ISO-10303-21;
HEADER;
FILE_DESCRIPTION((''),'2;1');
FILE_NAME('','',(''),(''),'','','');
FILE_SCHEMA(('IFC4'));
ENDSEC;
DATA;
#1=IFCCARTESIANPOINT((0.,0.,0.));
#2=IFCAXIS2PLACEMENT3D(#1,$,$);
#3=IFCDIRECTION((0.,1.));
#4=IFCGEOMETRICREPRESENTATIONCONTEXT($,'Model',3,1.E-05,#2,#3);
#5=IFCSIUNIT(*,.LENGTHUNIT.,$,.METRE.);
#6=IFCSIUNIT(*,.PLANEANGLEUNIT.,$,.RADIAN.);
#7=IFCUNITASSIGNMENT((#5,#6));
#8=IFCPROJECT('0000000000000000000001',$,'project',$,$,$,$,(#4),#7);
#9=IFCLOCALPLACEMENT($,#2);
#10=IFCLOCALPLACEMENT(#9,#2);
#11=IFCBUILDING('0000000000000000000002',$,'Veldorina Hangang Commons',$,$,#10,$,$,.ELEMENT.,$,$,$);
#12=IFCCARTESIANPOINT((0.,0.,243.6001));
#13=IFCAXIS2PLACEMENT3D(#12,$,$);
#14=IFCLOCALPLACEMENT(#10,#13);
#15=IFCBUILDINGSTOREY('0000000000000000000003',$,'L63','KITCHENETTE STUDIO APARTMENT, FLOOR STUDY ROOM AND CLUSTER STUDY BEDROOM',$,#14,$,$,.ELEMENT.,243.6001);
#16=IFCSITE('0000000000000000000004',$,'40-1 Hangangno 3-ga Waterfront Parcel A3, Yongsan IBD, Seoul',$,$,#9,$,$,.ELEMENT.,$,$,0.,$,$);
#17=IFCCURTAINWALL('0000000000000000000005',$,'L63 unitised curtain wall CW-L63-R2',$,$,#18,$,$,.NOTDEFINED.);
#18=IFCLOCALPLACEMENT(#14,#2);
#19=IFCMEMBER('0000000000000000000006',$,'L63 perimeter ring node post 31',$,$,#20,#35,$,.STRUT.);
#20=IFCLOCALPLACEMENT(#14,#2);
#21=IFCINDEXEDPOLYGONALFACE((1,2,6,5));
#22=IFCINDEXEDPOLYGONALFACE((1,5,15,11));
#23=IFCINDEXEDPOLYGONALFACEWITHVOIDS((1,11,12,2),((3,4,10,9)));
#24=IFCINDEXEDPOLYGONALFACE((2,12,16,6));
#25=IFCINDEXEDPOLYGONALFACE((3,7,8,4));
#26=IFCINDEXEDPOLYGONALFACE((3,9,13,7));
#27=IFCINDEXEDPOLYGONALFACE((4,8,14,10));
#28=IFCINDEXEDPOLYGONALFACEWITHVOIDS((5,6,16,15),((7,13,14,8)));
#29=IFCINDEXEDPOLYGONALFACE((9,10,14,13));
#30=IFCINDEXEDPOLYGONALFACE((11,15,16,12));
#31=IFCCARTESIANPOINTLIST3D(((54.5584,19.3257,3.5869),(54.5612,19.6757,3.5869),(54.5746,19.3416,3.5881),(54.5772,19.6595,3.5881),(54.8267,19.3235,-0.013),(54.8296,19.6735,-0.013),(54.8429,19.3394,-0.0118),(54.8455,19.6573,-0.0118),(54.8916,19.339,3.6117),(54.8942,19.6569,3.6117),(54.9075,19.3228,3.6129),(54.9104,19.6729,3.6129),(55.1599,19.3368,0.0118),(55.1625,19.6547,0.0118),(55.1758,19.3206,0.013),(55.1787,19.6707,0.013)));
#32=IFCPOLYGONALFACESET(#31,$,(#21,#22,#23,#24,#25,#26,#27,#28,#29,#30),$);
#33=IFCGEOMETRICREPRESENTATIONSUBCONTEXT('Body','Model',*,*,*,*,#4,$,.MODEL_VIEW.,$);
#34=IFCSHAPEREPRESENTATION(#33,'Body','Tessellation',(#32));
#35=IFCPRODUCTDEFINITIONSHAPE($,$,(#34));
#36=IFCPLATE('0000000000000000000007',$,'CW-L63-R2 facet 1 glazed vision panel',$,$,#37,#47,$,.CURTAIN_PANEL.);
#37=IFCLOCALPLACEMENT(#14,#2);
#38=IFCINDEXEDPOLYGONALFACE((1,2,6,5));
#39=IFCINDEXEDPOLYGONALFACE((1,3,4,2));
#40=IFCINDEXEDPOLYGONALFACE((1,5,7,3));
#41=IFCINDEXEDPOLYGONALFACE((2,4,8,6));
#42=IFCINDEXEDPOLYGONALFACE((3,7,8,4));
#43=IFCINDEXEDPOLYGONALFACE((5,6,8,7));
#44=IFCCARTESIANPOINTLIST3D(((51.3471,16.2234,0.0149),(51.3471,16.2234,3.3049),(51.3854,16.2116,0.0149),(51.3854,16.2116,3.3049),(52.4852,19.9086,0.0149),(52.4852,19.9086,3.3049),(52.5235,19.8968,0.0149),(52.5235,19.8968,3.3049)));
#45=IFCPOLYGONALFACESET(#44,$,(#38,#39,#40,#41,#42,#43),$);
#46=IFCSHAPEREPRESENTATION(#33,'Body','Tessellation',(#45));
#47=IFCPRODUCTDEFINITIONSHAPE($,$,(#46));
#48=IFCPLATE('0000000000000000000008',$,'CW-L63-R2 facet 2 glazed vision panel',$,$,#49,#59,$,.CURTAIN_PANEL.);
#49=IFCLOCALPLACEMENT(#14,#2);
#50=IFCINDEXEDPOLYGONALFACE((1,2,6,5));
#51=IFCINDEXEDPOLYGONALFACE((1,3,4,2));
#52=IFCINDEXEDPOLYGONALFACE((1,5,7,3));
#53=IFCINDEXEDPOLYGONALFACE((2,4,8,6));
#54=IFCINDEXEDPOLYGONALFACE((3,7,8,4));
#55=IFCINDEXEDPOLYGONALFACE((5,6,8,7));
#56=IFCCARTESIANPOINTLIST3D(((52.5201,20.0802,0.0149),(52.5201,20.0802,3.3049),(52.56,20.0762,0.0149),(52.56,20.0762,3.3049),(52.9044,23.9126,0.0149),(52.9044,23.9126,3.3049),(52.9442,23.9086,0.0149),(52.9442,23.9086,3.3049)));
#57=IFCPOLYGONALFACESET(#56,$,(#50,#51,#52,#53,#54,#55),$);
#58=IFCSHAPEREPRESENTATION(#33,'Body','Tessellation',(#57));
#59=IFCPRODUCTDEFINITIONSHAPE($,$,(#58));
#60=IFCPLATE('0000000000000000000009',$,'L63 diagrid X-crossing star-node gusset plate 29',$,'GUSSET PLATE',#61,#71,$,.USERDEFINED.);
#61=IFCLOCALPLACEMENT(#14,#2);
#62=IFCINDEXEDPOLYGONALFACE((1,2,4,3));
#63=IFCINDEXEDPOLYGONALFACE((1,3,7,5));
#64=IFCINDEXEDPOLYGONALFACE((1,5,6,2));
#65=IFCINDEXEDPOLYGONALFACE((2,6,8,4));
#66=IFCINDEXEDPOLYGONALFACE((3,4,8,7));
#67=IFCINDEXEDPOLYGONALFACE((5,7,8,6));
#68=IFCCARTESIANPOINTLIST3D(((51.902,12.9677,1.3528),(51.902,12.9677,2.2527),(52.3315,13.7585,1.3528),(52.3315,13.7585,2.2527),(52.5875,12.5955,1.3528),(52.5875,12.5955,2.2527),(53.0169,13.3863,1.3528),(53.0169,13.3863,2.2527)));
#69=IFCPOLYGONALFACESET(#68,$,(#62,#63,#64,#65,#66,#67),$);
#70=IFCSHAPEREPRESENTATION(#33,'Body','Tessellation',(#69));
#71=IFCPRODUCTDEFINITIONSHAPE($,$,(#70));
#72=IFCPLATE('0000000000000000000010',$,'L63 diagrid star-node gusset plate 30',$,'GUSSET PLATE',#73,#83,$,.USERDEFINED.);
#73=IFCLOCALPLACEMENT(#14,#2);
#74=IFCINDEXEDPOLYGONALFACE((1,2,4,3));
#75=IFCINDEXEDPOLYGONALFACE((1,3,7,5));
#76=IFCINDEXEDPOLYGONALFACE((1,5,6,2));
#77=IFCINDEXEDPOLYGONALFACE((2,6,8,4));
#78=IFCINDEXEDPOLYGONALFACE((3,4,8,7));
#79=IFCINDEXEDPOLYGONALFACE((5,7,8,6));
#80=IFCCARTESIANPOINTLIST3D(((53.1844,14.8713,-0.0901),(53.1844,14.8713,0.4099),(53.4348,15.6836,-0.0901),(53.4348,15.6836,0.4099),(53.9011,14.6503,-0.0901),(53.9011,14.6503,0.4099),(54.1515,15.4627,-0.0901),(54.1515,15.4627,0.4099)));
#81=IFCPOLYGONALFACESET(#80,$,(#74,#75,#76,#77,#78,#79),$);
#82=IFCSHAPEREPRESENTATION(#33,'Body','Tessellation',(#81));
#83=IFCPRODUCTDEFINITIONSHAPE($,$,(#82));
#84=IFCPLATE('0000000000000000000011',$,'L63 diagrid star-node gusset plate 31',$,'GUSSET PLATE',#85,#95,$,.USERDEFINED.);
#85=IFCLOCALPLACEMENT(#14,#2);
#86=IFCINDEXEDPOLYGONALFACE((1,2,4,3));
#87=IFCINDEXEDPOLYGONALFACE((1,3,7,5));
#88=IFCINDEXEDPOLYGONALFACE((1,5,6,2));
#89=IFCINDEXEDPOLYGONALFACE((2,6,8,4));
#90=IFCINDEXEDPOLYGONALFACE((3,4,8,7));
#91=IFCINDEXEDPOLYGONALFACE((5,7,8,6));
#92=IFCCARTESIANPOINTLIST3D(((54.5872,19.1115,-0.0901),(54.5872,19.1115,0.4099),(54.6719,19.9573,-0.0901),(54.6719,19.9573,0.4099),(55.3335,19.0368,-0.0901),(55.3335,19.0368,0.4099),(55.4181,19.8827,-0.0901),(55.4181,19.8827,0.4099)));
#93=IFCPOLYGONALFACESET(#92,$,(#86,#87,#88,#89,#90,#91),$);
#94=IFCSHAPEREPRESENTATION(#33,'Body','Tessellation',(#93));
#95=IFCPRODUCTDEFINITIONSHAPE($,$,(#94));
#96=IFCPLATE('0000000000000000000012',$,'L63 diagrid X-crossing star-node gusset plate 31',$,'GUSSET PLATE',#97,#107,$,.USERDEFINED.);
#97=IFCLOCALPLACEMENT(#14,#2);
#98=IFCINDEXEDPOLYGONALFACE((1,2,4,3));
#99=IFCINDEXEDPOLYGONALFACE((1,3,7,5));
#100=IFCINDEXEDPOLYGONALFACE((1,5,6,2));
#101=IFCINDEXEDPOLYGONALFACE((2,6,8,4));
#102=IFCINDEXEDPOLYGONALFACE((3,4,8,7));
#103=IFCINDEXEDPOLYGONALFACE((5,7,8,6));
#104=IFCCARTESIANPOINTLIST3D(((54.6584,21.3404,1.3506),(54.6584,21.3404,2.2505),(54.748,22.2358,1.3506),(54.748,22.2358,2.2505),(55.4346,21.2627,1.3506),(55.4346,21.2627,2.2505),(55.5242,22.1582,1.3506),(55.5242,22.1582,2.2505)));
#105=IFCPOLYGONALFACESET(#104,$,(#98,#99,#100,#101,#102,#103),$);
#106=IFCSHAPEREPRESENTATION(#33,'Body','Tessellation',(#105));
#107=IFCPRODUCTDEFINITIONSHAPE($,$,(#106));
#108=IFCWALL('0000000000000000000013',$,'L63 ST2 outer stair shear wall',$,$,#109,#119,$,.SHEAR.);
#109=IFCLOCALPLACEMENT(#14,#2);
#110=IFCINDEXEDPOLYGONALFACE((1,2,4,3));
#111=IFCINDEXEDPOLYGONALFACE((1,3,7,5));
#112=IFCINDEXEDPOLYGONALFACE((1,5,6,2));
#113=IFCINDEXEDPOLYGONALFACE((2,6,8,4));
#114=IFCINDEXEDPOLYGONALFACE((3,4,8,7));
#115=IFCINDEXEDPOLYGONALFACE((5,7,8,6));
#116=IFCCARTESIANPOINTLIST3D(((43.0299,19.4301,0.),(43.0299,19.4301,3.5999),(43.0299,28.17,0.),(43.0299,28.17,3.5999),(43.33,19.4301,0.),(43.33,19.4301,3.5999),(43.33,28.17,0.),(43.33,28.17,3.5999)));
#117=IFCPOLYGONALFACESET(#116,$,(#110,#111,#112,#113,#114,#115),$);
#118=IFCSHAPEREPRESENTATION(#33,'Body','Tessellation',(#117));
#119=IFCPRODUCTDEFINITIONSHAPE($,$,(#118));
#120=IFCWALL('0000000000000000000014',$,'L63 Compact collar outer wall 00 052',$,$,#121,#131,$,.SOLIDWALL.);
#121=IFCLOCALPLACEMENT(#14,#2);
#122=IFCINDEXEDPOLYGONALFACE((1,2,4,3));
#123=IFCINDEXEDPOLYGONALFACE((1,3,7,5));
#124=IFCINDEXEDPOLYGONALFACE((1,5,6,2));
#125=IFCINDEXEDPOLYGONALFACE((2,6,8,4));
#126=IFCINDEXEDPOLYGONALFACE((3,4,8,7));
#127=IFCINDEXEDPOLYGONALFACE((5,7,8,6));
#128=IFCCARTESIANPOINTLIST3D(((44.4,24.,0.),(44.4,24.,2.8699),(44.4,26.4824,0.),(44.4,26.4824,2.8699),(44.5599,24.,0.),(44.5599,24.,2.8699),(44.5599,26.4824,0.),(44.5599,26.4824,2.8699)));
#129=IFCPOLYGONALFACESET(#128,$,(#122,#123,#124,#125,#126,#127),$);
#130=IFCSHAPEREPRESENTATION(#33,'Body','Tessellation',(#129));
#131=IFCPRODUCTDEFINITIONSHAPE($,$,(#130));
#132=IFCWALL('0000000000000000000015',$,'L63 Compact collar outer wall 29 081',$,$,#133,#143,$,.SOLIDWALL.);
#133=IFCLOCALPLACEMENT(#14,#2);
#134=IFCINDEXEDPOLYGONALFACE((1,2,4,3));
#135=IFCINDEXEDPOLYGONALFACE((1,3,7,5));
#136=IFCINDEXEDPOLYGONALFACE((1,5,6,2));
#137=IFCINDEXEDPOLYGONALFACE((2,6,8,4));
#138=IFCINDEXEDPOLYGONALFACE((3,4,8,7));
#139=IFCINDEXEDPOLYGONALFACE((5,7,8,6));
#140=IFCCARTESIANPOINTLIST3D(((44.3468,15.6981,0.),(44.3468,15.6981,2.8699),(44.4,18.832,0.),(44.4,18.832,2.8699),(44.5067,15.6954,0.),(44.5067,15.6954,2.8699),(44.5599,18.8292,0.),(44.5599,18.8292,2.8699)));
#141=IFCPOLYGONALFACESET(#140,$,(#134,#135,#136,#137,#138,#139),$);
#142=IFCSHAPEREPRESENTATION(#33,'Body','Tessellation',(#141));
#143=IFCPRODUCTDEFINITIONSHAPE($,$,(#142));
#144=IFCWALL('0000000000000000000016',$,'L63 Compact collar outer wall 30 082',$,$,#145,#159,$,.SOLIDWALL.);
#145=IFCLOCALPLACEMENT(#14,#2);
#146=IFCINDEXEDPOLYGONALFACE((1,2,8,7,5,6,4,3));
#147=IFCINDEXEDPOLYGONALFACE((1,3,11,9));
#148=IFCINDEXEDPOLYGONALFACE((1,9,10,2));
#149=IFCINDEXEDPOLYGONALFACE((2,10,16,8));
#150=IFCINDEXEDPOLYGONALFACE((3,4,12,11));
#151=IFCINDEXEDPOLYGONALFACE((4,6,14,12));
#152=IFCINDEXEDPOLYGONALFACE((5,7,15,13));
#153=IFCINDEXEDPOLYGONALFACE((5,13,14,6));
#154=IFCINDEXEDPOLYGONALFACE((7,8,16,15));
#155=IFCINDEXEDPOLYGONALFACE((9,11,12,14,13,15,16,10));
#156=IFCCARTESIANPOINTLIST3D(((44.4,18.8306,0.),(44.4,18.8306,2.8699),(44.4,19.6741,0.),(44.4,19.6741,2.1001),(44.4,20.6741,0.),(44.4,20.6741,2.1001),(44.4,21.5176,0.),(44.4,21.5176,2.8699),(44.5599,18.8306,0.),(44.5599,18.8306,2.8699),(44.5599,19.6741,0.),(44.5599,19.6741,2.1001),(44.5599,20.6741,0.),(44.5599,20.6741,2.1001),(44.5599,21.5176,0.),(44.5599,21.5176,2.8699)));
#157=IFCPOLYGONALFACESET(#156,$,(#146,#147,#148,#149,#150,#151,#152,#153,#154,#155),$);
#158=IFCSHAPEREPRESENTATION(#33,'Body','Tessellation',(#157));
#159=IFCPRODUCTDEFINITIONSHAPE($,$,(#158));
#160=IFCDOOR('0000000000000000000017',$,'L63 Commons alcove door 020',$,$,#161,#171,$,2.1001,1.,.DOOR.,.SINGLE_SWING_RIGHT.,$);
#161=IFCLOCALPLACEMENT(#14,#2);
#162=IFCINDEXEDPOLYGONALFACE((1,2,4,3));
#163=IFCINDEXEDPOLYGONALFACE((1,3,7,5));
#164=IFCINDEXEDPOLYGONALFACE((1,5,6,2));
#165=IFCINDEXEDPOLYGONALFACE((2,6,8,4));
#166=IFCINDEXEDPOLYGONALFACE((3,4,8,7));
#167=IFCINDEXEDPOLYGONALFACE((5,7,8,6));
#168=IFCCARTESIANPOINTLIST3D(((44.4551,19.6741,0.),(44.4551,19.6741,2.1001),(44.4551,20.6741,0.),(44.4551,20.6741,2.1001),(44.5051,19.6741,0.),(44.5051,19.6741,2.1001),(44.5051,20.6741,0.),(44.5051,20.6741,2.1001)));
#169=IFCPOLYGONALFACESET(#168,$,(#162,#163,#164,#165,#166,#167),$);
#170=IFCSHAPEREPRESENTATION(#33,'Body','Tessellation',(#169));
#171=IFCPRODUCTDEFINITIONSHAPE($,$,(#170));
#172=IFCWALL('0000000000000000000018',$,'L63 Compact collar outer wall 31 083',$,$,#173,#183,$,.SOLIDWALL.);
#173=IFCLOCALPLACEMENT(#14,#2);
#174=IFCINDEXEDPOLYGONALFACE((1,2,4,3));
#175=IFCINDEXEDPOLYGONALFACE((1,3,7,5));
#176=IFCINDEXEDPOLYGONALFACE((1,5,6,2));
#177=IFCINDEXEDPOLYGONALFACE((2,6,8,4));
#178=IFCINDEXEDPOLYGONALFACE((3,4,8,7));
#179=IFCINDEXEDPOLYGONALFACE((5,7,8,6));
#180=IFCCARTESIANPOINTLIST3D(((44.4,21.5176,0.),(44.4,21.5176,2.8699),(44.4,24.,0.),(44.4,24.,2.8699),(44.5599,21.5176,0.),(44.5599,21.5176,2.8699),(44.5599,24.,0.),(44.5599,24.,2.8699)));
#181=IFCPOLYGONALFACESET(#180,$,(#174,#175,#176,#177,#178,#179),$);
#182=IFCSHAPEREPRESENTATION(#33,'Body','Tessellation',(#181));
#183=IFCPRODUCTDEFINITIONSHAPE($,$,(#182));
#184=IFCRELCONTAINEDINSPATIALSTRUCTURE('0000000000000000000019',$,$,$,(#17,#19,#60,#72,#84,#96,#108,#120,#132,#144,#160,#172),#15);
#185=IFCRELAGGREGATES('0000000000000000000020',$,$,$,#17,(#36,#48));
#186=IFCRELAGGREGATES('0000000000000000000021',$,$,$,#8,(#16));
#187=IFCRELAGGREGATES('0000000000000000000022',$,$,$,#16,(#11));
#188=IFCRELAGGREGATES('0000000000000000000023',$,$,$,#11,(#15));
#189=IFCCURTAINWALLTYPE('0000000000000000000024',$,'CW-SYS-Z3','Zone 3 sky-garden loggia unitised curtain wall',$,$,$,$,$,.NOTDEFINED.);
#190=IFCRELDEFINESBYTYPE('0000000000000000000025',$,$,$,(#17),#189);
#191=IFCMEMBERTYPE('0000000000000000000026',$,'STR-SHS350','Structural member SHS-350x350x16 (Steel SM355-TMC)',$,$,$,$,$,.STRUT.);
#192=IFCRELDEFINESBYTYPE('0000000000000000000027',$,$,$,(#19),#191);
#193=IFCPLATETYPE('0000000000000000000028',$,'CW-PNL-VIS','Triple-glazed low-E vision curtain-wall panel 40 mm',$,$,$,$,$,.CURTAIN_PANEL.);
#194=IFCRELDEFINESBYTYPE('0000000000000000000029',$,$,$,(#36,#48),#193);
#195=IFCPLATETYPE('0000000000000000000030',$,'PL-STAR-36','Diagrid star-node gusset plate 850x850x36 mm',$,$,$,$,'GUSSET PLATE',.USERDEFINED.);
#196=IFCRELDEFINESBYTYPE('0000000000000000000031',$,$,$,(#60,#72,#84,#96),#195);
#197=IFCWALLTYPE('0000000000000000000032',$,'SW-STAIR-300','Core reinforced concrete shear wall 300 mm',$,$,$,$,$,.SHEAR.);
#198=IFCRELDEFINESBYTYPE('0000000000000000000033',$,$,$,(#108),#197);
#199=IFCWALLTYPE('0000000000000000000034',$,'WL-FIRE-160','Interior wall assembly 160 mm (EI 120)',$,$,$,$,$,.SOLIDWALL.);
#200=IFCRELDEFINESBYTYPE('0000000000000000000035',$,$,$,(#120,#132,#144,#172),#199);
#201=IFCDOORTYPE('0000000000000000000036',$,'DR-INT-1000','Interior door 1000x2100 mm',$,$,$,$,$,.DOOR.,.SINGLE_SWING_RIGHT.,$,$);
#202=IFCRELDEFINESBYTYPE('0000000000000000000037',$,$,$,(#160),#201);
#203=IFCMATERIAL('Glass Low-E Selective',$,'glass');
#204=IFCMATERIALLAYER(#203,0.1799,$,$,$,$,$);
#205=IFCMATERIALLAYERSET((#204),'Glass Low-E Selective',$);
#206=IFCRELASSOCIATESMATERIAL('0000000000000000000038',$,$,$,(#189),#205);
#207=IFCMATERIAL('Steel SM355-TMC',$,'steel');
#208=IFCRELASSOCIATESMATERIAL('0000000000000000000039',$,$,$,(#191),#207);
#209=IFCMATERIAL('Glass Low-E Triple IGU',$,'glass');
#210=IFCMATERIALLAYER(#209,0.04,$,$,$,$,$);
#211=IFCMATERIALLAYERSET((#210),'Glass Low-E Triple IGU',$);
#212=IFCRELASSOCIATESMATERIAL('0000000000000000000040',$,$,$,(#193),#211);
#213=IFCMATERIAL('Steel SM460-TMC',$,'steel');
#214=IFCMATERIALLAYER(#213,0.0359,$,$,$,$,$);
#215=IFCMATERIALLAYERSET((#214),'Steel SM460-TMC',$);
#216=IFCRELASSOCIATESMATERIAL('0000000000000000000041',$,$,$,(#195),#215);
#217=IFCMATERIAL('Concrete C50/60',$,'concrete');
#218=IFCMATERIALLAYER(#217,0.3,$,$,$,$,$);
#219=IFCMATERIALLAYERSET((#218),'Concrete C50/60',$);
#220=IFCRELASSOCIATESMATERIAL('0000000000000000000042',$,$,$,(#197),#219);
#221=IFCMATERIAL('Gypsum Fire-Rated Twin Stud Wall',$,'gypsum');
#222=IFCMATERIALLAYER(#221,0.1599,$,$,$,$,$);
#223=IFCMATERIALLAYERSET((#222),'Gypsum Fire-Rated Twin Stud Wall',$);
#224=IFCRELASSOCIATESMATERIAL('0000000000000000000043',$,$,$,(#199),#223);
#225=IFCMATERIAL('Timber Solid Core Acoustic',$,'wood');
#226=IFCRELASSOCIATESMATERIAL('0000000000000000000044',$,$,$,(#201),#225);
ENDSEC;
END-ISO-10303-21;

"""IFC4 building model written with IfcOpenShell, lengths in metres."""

from ifc_helpers import new_model, si_unit, direction, frame, frame_2d, origin, origin_2d, place, context, subcontext, project, spatial, rectangle, hollow_rectangle, extrude, material, layer, layer_set, material_profile, profile_set, type_object, element, fill, aggregate, save


model = new_model("IFC4")

# Units and contexts
model_context = context("Model", 3, precision=1e-05, world=origin(), true_north=direction((0.0, 1.0)))
body_context = subcontext(model_context, "Body", "Model", "MODEL_VIEW")
ifc_project = project(units=[si_unit("LENGTHUNIT", "METRE"), si_unit("PLANEANGLEUNIT", "RADIAN")], contexts=[model_context])

# Site, building, storey
site_placement = place(None, origin())
site = spatial("IfcSite", under=ifc_project, at=site_placement, Name="40-1 Hangangno 3-ga Waterfront Parcel A3, Yongsan IBD, Seoul", CompositionType="ELEMENT", RefElevation=0.0)
building_placement = place(site_placement, origin())
building = spatial("IfcBuilding", under=site, at=building_placement, Name="Veldorina Hangang Commons", CompositionType="ELEMENT")
storey_placement = place(building_placement, frame((0.0, 0.0, 243.6001)))
storey = spatial("IfcBuildingStorey", under=building, at=storey_placement, Name="L63", Description="KITCHENETTE STUDIO APARTMENT, FLOOR STUDY ROOM AND CLUSTER STUDY BEDROOM", CompositionType="ELEMENT", Elevation=243.6001)

# Shared definitions
ifc_material_1 = material(Name="Steel SM355-TMC", Category="steel")

# Curtain wall
ifc_material_2 = material(Name="Glass Low-E Selective", Category="glass")
ifc_layer_1 = layer(ifc_material_2, 0.1799)
ifc_layer_set_1 = layer_set([ifc_layer_1], Name="Glass Low-E Selective")
curtain_wall_type = type_object("IfcCurtainWallType", Name="CW-SYS-Z3", Description="Zone 3 sky-garden loggia unitised curtain wall", PredefinedType="NOTDEFINED", material=ifc_layer_set_1)
curtain_wall_placement = place(storey_placement, origin())
curtain_wall = element("IfcCurtainWall", 1, at=curtain_wall_placement, inside=storey, type_object=curtain_wall_type, Name="L63 unitised curtain wall CW-L63-R2", PredefinedType="NOTDEFINED")

# Member
ifc_material_profile_1 = material_profile(ifc_material_1, hollow_rectangle(XDim=0.3501, YDim=0.3501, WallThickness=0.0161, at=origin_2d()), Name="SHS-350x350x16")
ifc_profile_set_1 = profile_set([ifc_material_profile_1], Name="Steel SM355-TMC")
member_type_1 = type_object("IfcMemberType", Name="STR-SHS350", Description="Structural member SHS-350x350x16 (Steel SM355-TMC)", PredefinedType="STRUT", material=ifc_profile_set_1)
member_1_placement = place(storey_placement, frame((55.0027, 19.4971, 0.0), z_axis=(-0.074328, 0.000609, 0.997234), x_axis=(-0.008189, -0.999966, 0.0)))
element("IfcMember", 2, at=member_1_placement, inside=storey, type_object=member_type_1, Name="L63 perimeter ring node post 31", PredefinedType="STRUT", context=body_context, shape_type="SweptSolid", body=[
    extrude(hollow_rectangle(XDim=0.3501, YDim=0.3501, WallThickness=0.0161, at=origin_2d()), origin(), (0.0, 0.0, 1.0), 3.6099),
])

# Plates
ifc_material_3 = material(Name="Glass Low-E Triple IGU", Category="glass")
ifc_layer_2 = layer(ifc_material_3, 0.04)
ifc_layer_set_2 = layer_set([ifc_layer_2], Name="Glass Low-E Triple IGU")
plate_type_1 = type_object("IfcPlateType", Name="CW-PNL-VIS", Description="Triple-glazed low-E vision curtain-wall panel 40 mm", PredefinedType="CURTAIN_PANEL", material=ifc_layer_set_2)
plate_1_placement = place(storey_placement, frame((51.9353, 18.0601, 0.0149), z_axis=(0.0, 0.0, 1.0), x_axis=(0.295074, 0.955474, 0.0)))
plate_1 = element("IfcPlate", 3, at=plate_1_placement, type_object=plate_type_1, Name="CW-L63-R2 facet 1 glazed vision panel", PredefinedType="CURTAIN_PANEL", context=body_context, shape_type="SweptSolid", body=[
    extrude(rectangle(XDim=3.8569, YDim=0.04, at=origin_2d()), origin(), (0.0, 0.0, 1.0), 3.29),
])
plate_2_placement = place(storey_placement, frame((52.7322, 21.9944, 0.0149), z_axis=(0.0, 0.0, 1.0), x_axis=(0.099771, 0.99501, 0.0)))
plate_2 = element("IfcPlate", 4, at=plate_2_placement, type_object=plate_type_1, Name="CW-L63-R2 facet 2 glazed vision panel", PredefinedType="CURTAIN_PANEL", context=body_context, shape_type="SweptSolid", body=[
    extrude(rectangle(XDim=3.8516, YDim=0.04, at=origin_2d()), origin(), (0.0, 0.0, 1.0), 3.29),
])
aggregate(curtain_wall, [plate_1, plate_2])

# Plates
ifc_material_4 = material(Name="Steel SM460-TMC", Category="steel")
ifc_layer_3 = layer(ifc_material_4, 0.0359)
ifc_layer_set_3 = layer_set([ifc_layer_3], Name="Steel SM460-TMC")
plate_type_2 = type_object("IfcPlateType", Name="PL-STAR-36", Description="Diagrid star-node gusset plate 850x850x36 mm", ElementType="GUSSET PLATE", PredefinedType="USERDEFINED", material=ifc_layer_set_3)
plate_3_placement = place(storey_placement, frame((52.4595, 13.177, 1.3528), z_axis=(0.0, 0.0, 1.0), x_axis=(0.477251, 0.878767, 0.0)))
element("IfcPlate", 5, at=plate_3_placement, inside=storey, type_object=plate_type_2, Name="L63 diagrid X-crossing star-node gusset plate 29", ObjectType="GUSSET PLATE", PredefinedType="USERDEFINED", context=body_context, shape_type="SweptSolid", body=[
    extrude(rectangle(XDim=0.8999, YDim=0.78, at=origin_2d()), origin(), (0.0, 0.0, 1.0), 0.8999),
])
for number, where, z_axis, x_axis, name in (
    (6, (53.668, 15.167, -0.0901), (0.0, 0.0, 1.0), (0.294574, 0.955629, 0.0), "L63 diagrid star-node gusset plate 30"),
    (7, (55.0027, 19.4971, -0.0901), (0.0, 0.0, 1.0), (0.099563, 0.995031, 0.0), "L63 diagrid star-node gusset plate 31"),
):
    element("IfcPlate", number, at=place(storey_placement, frame(where, z_axis=z_axis, x_axis=x_axis)), inside=storey, type_object=plate_type_2, Name=name, ObjectType="GUSSET PLATE", PredefinedType="USERDEFINED", context=body_context, shape_type="SweptSolid", body=[
        extrude(rectangle(XDim=0.8501, YDim=0.75, at=origin_2d()), origin(), (0.0, 0.0, 1.0), 0.5),
    ])
plate_4_placement = place(storey_placement, frame((55.0913, 21.7493, 1.3506), z_axis=(0.0, 0.0, 1.0), x_axis=(0.099563, 0.995031, 0.0)))
element("IfcPlate", 8, at=plate_4_placement, inside=storey, type_object=plate_type_2, Name="L63 diagrid X-crossing star-node gusset plate 31", ObjectType="GUSSET PLATE", PredefinedType="USERDEFINED", context=body_context, shape_type="SweptSolid", body=[
    extrude(rectangle(XDim=0.8999, YDim=0.78, at=origin_2d()), origin(), (0.0, 0.0, 1.0), 0.8999),
])

# Walls
ifc_material_5 = material(Name="Concrete C50/60", Category="concrete")
ifc_layer_4 = layer(ifc_material_5, 0.3)
ifc_layer_set_4 = layer_set([ifc_layer_4], Name="Concrete C50/60")
wall_type_1 = type_object("IfcWallType", Name="SW-STAIR-300", Description="Core reinforced concrete shear wall 300 mm", PredefinedType="SHEAR", material=ifc_layer_set_4)
wall_1_placement = place(storey_placement, frame((43.1799, 19.4299, 0.0), z_axis=(0.0, 0.0, 1.0), x_axis=(0.0, 1.0, 0.0)))
element("IfcWall", 9, at=wall_1_placement, inside=storey, type_object=wall_type_1, Name="L63 ST2 outer stair shear wall", PredefinedType="SHEAR", context=body_context, shape_type="SweptSolid", body=[
    extrude(rectangle(XDim=8.74, YDim=0.3, at=frame_2d((4.3701, 0.0))), origin(), (0.0, 0.0, 1.0), 3.5999),
])
ifc_material_6 = material(Name="Gypsum Fire-Rated Twin Stud Wall", Category="gypsum")
ifc_layer_5 = layer(ifc_material_6, 0.1599)
ifc_layer_set_5 = layer_set([ifc_layer_5], Name="Gypsum Fire-Rated Twin Stud Wall")
wall_type_2 = type_object("IfcWallType", Name="WL-FIRE-160", Description="Interior wall assembly 160 mm (EI 120)", PredefinedType="SOLIDWALL", material=ifc_layer_set_5)
wall_2_placement = place(storey_placement, frame((44.48, 24.0, 0.0), z_axis=(0.0, 0.0, 1.0), x_axis=(0.0, 1.0, 0.0)))
element("IfcWall", 10, at=wall_2_placement, inside=storey, type_object=wall_type_2, Name="L63 Compact collar outer wall 00 052", PredefinedType="SOLIDWALL", context=body_context, shape_type="SweptSolid", body=[
    extrude(rectangle(XDim=2.4824, YDim=0.1599, at=frame_2d((1.2412, 0.0))), origin(), (0.0, 0.0, 1.0), 2.8699),
])
wall_3_placement = place(storey_placement, frame((44.4268, 15.6968, 0.0), z_axis=(0.0, 0.0, 1.0), x_axis=(0.016981, 0.999856, 0.0)))
element("IfcWall", 11, at=wall_3_placement, inside=storey, type_object=wall_type_2, Name="L63 Compact collar outer wall 29 081", PredefinedType="SOLIDWALL", context=body_context, shape_type="SweptSolid", body=[
    extrude(rectangle(XDim=3.1343, YDim=0.1599, at=frame_2d((1.5671, 0.0))), origin(), (0.0, 0.0, 1.0), 2.8699),
])

# Wall, opening, door
wall_4_placement = place(storey_placement, frame((44.48, 18.8306, 0.0), z_axis=(0.0, 0.0, 1.0), x_axis=(0.0, 1.0, 0.0)))
wall_4 = element("IfcWall", 12, at=wall_4_placement, inside=storey, type_object=wall_type_2, Name="L63 Compact collar outer wall 30 082", PredefinedType="SOLIDWALL", context=body_context, shape_type="SweptSolid", body=[
    extrude(rectangle(XDim=2.687, YDim=0.1599, at=frame_2d((1.3435, 0.0))), origin(), (0.0, 0.0, 1.0), 2.8699),
])
opening_placement = place(wall_4_placement, frame((0.8435, 0.0, 0.0)))
opening = element("IfcOpeningElement", 13, at=opening_placement, cuts=wall_4, PredefinedType="OPENING", context=body_context, shape_type="SweptSolid", body=[
    extrude(rectangle(XDim=1.0, YDim=2.1001, at=frame_2d((0.5, 1.05))), frame((0.0, 0.0898, 0.0), z_axis=(0.0, -1.0, 0.0), x_axis=(1.0, 0.0, 0.0)), (0.0, 0.0, 1.0), 0.1799),
])
ifc_material_7 = material(Name="Timber Solid Core Acoustic", Category="wood")
door_type = type_object("IfcDoorType", Name="DR-INT-1000", Description="Interior door 1000x2100 mm", OperationType="SINGLE_SWING_RIGHT", PredefinedType="DOOR", material=ifc_material_7)
door_placement = place(opening_placement, origin())
door = element("IfcDoor", 14, at=door_placement, inside=storey, type_object=door_type, Name="L63 Commons alcove door 020", OperationType="SINGLE_SWING_RIGHT", OverallHeight=2.1001, OverallWidth=1.0, PredefinedType="DOOR", context=body_context, shape_type="SweptSolid", body=[
    extrude(rectangle(XDim=1.0, YDim=2.1001, at=frame_2d((0.5, 1.05))), frame((0.0, 0.0249, 0.0), z_axis=(0.0, -1.0, 0.0), x_axis=(1.0, 0.0, 0.0)), (0.0, 0.0, 1.0), 0.05),
])
fill(opening, door)

# Wall
wall_5_placement = place(storey_placement, frame((44.48, 21.5176, 0.0), z_axis=(0.0, 0.0, 1.0), x_axis=(0.0, 1.0, 0.0)))
element("IfcWall", 15, at=wall_5_placement, inside=storey, type_object=wall_type_2, Name="L63 Compact collar outer wall 31 083", PredefinedType="SOLIDWALL", context=body_context, shape_type="SweptSolid", body=[
    extrude(rectangle(XDim=2.4824, YDim=0.1599, at=frame_2d((1.2412, 0.0))), origin(), (0.0, 0.0, 1.0), 2.8699),
])

save(model, "model.ifc")
